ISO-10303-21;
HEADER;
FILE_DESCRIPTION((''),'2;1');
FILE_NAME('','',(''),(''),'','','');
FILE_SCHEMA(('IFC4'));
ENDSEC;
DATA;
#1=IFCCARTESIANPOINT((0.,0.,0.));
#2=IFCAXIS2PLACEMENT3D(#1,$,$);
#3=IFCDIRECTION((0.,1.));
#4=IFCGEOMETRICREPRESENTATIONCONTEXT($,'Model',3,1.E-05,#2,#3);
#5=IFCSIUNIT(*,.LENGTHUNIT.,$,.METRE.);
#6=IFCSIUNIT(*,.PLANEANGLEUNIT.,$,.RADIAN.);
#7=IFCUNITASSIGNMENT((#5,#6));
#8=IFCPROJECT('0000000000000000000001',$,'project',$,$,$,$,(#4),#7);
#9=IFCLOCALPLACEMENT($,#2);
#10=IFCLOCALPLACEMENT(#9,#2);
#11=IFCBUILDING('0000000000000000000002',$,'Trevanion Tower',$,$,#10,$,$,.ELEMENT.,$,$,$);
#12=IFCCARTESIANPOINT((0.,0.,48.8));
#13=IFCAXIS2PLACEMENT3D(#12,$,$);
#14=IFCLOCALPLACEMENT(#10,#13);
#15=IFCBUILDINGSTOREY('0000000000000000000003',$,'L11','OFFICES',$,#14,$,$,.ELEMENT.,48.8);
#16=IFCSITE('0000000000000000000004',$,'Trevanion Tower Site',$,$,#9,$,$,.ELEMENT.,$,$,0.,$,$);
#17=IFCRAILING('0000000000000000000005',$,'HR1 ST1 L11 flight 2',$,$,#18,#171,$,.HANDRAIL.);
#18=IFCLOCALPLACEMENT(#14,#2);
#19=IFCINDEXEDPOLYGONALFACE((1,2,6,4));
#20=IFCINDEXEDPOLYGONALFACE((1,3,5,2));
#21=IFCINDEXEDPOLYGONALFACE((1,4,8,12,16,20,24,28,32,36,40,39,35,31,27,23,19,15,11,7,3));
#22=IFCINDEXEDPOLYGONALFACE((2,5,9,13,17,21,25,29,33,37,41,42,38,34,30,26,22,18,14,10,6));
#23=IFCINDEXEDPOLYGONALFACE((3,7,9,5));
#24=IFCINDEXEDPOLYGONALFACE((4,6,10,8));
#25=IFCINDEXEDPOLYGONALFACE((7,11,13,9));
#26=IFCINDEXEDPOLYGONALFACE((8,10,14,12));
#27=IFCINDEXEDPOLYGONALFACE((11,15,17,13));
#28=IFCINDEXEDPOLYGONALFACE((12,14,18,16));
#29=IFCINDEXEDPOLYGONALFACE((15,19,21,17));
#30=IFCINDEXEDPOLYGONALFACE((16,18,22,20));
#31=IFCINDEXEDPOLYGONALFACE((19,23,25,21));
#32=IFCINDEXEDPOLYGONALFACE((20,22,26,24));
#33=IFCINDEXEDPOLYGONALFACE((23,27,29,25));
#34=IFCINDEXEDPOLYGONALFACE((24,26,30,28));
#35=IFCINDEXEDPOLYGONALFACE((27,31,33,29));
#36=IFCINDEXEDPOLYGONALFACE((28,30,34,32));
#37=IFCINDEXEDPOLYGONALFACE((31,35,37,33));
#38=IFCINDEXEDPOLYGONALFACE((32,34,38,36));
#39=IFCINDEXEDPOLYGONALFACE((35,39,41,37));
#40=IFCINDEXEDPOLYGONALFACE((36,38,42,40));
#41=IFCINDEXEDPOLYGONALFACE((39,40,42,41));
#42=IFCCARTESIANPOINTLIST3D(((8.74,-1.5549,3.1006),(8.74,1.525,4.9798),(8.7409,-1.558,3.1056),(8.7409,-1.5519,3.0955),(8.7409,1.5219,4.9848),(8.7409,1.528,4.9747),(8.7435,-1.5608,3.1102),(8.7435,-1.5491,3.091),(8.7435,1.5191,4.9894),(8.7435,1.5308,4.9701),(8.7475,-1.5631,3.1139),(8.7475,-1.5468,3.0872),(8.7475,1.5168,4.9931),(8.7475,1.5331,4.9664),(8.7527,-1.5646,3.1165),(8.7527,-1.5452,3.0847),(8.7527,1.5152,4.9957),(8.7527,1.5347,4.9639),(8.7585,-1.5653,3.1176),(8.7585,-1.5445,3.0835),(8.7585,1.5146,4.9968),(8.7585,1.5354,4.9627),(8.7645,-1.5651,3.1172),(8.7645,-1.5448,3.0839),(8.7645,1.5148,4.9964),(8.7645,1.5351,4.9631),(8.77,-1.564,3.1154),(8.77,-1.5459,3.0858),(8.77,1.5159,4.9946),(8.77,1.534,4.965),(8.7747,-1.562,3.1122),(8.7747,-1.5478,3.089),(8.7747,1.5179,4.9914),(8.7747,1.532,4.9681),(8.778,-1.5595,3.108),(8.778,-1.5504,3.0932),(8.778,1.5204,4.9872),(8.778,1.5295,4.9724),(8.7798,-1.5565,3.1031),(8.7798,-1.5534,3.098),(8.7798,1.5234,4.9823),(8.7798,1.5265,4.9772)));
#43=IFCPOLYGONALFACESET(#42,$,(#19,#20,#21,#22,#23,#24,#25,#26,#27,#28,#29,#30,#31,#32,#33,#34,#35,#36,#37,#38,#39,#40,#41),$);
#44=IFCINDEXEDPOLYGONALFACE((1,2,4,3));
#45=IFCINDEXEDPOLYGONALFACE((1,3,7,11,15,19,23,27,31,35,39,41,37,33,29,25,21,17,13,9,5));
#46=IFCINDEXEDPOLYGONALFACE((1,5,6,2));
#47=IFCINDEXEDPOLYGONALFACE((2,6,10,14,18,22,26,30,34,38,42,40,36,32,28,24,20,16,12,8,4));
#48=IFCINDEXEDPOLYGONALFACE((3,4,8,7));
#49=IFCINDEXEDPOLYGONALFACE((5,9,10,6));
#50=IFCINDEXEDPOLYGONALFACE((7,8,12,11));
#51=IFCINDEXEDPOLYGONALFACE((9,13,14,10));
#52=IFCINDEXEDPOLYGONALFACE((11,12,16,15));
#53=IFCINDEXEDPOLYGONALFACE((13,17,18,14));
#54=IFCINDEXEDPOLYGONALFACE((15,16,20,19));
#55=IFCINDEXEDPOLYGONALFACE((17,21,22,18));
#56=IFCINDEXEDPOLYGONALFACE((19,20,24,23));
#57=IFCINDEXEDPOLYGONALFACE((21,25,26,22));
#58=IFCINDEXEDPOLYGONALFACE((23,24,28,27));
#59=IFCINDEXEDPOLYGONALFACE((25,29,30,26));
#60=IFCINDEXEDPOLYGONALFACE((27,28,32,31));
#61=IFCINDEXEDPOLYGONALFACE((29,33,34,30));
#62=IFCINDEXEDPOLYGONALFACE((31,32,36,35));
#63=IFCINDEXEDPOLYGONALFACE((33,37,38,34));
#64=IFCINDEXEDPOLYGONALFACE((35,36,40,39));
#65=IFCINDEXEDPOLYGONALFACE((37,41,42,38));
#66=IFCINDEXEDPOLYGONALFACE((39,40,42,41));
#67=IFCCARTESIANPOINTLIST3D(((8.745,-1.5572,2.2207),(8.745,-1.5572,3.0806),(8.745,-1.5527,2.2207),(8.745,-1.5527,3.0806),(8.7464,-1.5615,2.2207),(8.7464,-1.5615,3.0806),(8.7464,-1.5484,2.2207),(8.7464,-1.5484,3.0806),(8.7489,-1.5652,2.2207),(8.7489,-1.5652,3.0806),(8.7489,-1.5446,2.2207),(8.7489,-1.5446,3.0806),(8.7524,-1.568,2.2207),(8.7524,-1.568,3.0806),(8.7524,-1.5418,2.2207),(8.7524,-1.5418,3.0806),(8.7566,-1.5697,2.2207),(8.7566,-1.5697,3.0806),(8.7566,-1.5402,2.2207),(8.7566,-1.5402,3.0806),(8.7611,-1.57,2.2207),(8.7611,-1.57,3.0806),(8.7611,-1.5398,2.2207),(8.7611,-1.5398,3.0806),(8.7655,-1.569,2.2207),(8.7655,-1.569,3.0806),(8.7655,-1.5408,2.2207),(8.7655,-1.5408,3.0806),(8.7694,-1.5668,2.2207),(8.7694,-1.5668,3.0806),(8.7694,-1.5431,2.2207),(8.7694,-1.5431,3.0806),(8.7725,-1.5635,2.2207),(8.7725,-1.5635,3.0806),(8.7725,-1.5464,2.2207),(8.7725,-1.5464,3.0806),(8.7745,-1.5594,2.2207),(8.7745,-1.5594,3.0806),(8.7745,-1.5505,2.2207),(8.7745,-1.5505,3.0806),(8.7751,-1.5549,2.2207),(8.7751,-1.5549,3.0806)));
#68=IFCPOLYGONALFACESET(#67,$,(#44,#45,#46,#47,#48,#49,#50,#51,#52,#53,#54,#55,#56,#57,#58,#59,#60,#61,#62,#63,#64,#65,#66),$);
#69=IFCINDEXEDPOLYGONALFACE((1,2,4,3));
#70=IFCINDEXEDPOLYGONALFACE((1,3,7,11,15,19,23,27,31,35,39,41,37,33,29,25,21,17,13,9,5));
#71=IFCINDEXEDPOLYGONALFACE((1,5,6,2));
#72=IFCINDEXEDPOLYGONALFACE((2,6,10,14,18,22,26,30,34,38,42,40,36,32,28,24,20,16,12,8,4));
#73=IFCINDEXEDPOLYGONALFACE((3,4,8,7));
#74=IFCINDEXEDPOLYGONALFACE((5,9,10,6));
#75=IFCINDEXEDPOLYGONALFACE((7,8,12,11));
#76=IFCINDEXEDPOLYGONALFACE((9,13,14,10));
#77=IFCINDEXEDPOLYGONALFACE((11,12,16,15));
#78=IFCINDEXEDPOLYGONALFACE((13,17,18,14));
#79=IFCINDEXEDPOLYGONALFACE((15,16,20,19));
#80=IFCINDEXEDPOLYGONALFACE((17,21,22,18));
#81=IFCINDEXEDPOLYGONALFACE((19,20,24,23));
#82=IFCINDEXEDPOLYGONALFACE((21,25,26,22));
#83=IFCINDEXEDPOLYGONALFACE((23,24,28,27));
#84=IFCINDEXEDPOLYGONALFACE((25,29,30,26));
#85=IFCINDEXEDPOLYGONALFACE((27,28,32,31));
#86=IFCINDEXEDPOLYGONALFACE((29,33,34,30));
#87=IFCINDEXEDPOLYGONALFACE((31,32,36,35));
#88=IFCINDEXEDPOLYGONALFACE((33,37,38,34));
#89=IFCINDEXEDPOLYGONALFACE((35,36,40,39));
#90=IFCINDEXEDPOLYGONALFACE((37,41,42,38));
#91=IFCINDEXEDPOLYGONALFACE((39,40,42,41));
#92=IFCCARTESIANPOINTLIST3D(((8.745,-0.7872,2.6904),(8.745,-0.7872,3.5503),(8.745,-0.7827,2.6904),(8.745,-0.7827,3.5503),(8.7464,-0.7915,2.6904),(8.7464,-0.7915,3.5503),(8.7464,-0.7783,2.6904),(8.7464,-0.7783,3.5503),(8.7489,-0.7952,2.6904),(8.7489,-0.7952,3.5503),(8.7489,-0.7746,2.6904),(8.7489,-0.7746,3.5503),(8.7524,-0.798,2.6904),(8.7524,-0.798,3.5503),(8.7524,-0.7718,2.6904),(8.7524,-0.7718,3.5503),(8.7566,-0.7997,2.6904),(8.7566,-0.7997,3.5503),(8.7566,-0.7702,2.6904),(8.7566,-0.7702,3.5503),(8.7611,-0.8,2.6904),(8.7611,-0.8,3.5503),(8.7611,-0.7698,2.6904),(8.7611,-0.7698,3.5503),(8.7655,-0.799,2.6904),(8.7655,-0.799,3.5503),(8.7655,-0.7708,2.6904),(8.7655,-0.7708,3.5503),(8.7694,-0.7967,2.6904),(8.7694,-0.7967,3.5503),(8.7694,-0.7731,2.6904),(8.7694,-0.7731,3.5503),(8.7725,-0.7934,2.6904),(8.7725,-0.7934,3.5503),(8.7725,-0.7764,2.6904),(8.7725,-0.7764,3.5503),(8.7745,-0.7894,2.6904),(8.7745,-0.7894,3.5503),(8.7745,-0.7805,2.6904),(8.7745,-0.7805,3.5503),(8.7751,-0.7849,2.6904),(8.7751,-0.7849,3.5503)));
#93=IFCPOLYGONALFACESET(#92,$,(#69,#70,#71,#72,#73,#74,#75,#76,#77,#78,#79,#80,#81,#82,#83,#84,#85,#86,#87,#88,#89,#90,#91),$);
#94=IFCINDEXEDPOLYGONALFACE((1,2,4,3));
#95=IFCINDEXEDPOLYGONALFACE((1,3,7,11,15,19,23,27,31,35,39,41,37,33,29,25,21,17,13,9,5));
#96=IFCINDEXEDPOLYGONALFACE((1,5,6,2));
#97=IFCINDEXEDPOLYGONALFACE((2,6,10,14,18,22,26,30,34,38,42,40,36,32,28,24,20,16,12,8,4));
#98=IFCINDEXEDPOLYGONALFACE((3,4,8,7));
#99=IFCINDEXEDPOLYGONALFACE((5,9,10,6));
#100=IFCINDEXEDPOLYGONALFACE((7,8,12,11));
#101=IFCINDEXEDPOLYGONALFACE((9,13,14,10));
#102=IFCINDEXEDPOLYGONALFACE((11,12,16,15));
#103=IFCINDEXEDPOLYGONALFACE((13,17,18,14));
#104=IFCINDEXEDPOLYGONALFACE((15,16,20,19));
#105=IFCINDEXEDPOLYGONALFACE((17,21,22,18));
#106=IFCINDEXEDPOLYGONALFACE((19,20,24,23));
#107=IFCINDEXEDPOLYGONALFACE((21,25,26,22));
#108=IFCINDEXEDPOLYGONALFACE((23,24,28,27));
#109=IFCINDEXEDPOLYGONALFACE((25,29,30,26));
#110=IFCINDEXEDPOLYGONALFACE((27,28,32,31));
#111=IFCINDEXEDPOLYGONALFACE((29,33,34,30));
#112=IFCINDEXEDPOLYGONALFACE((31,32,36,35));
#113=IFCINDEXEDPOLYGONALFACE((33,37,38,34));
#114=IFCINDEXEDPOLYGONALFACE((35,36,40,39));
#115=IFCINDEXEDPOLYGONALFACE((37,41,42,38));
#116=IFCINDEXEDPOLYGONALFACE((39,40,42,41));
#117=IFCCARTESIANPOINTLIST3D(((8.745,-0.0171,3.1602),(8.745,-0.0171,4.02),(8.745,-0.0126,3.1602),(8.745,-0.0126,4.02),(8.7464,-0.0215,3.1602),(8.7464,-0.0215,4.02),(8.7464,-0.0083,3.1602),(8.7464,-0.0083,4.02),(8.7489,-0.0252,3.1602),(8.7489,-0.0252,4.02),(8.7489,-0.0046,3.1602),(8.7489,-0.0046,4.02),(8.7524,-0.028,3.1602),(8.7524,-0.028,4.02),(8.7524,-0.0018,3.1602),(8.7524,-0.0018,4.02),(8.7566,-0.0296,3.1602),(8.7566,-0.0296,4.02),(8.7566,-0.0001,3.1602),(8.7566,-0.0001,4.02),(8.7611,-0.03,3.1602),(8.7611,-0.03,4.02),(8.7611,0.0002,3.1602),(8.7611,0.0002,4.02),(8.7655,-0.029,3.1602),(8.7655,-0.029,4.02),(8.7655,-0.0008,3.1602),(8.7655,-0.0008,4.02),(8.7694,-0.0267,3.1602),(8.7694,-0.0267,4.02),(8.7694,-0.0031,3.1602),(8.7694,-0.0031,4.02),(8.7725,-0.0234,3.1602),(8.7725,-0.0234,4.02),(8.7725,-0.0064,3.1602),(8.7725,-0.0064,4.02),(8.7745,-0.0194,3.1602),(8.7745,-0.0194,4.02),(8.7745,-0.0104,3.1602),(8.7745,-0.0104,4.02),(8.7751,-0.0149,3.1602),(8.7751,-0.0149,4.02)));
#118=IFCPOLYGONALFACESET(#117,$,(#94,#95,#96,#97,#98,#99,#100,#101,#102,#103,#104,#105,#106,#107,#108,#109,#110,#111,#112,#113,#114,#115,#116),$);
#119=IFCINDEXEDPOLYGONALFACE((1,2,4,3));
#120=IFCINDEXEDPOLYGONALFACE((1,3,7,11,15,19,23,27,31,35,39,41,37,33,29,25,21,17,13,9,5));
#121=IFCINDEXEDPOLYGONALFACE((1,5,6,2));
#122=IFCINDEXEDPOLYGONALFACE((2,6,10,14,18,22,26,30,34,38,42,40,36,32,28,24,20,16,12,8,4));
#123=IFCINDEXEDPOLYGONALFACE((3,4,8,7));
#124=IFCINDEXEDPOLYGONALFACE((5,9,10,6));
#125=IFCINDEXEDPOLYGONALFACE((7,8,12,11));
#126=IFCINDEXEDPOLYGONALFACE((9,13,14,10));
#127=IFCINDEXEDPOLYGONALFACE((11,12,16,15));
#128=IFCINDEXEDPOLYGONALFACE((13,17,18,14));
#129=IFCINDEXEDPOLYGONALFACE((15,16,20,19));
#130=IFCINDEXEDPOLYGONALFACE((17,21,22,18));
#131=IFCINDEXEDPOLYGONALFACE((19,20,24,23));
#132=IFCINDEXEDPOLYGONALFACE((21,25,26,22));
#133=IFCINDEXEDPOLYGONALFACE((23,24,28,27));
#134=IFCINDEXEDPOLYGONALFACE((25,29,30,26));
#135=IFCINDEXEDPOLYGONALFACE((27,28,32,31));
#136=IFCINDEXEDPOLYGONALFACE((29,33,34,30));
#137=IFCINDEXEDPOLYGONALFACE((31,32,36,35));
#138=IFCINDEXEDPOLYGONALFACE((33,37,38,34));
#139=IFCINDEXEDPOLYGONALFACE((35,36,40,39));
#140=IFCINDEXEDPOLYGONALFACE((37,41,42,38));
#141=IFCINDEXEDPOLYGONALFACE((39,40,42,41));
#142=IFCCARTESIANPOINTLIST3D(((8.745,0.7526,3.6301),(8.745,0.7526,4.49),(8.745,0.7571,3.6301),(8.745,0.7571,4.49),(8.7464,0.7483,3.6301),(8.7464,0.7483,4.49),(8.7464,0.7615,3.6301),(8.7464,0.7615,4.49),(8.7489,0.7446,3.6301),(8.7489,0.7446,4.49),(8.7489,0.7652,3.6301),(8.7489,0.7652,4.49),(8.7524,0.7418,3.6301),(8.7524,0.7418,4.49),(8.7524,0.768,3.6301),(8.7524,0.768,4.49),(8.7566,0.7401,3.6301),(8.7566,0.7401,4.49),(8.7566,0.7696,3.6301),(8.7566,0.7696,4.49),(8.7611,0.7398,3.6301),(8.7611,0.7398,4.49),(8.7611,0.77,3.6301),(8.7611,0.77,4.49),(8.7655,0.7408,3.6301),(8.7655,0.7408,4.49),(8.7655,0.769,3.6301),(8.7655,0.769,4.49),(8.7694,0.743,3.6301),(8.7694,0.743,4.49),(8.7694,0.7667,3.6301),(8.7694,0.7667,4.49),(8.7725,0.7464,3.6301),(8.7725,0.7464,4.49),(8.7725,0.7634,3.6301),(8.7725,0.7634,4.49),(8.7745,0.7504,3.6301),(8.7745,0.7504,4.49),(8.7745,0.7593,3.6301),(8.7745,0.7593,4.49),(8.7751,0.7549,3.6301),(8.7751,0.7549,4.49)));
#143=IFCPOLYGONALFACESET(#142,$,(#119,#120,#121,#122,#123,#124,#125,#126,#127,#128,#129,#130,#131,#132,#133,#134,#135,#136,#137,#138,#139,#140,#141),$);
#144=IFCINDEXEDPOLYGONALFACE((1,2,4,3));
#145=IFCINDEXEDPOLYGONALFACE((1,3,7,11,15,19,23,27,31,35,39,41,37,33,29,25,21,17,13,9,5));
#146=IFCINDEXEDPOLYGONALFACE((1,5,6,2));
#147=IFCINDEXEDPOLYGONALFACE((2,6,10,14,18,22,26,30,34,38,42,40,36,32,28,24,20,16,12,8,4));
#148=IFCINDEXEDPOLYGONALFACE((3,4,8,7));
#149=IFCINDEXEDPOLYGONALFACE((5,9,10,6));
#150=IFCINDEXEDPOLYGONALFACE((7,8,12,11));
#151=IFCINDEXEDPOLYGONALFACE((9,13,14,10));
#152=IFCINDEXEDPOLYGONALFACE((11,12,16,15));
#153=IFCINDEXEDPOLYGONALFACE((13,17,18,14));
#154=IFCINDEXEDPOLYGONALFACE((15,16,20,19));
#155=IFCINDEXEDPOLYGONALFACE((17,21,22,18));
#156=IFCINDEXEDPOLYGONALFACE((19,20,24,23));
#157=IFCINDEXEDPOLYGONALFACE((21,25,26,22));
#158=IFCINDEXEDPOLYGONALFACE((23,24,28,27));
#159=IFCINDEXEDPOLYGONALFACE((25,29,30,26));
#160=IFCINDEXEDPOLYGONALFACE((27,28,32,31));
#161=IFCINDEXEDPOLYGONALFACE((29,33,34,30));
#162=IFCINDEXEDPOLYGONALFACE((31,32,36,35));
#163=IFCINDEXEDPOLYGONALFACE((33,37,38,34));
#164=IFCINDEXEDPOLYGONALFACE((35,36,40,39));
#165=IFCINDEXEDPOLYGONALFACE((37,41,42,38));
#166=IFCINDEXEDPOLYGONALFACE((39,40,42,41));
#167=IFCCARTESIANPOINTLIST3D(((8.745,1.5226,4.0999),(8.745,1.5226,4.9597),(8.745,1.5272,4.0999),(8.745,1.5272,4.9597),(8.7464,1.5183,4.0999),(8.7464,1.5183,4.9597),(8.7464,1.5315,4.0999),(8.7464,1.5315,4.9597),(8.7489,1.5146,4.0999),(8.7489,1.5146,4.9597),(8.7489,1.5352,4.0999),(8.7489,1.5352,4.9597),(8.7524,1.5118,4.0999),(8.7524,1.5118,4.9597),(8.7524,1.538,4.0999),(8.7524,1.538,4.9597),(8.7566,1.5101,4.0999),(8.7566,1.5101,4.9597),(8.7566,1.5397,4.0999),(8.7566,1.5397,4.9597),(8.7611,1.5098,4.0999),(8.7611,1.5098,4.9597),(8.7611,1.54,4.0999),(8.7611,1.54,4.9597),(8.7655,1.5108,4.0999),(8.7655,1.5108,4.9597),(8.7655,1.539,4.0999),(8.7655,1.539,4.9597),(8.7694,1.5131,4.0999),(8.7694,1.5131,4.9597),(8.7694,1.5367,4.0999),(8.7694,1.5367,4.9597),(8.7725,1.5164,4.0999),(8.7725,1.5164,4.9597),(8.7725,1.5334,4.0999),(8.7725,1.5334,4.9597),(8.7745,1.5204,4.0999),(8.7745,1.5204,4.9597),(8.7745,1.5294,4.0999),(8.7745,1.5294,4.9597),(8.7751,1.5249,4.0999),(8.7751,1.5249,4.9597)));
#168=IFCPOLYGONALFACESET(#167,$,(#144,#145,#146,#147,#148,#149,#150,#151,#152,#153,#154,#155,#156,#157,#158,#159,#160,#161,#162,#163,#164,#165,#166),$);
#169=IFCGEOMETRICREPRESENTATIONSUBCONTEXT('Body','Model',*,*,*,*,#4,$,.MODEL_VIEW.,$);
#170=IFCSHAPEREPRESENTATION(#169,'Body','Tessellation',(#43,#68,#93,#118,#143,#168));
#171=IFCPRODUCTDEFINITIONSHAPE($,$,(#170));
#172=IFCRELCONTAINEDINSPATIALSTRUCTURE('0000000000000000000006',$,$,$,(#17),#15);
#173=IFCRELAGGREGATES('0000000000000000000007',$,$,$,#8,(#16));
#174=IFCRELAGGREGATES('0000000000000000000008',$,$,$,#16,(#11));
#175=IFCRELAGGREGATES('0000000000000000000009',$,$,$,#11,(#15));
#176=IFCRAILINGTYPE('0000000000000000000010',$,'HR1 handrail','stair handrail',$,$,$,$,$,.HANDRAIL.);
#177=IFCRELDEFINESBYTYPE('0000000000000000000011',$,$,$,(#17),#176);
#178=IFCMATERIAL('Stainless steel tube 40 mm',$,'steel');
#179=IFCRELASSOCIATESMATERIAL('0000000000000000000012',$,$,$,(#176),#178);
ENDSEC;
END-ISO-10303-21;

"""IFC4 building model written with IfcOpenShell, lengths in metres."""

from ifc_helpers import new_model, si_unit, direction, frame, origin, origin_2d, place, context, subcontext, project, spatial, circle, extrude, material, type_object, element, save


model = new_model("IFC4")

# Units and contexts
model_context = context("Model", 3, precision=1e-05, world=origin(), true_north=direction((0.0, 1.0)))
body_context = subcontext(model_context, "Body", "Model", "MODEL_VIEW")
ifc_project = project(units=[si_unit("LENGTHUNIT", "METRE"), si_unit("PLANEANGLEUNIT", "RADIAN")], contexts=[model_context])

# Site, building, storey
site_placement = place(None, origin())
site = spatial("IfcSite", under=ifc_project, at=site_placement, Name="Trevanion Tower Site", CompositionType="ELEMENT", RefElevation=0.0)
building_placement = place(site_placement, origin())
building = spatial("IfcBuilding", under=site, at=building_placement, Name="Trevanion Tower", CompositionType="ELEMENT")
storey_placement = place(building_placement, frame((0.0, 0.0, 48.8)))
storey = spatial("IfcBuildingStorey", under=building, at=storey_placement, Name="L11", Description="OFFICES", CompositionType="ELEMENT", Elevation=48.8)

# Railing
ifc_material_1 = material(Name="Stainless steel tube 40 mm", Category="steel")
railing_type = type_object("IfcRailingType", Name="HR1 handrail", Description="stair handrail", PredefinedType="HANDRAIL", material=ifc_material_1)
for number, where, name in (
    (1, (8.76, -1.5549, 2.2207), "HR1 ST1 L11 flight 2"),
):
    element("IfcRailing", number, at=place(storey_placement, frame(where)), inside=storey, type_object=railing_type, Name=name, PredefinedType="HANDRAIL", context=body_context, shape_type="SweptSolid", body=[
        extrude(circle(Radius=0.02, at=origin_2d()), frame((0.0, 0.0, 0.8799), z_axis=(0.0, 0.853648, 0.52085), x_axis=(-1.0, 0.0, 0.0)), (0.0, 0.0, 1.0), 3.6079),
        extrude(circle(Radius=0.0151, at=origin_2d()), origin(), (0.0, 0.0, 1.0), 0.8599),
        extrude(circle(Radius=0.0151, at=origin_2d()), frame((0.0, 0.77, 0.4697)), (0.0, 0.0, 1.0), 0.8599),
        extrude(circle(Radius=0.0151, at=origin_2d()), frame((0.0, 1.54, 0.9395)), (0.0, 0.0, 1.0), 0.8599),
        extrude(circle(Radius=0.0151, at=origin_2d()), frame((0.0, 2.3098, 1.4094)), (0.0, 0.0, 1.0), 0.8599),
        extrude(circle(Radius=0.0151, at=origin_2d()), frame((0.0, 3.0798, 1.8792)), (0.0, 0.0, 1.0), 0.8599),
    ])

save(model, "model.ifc")
